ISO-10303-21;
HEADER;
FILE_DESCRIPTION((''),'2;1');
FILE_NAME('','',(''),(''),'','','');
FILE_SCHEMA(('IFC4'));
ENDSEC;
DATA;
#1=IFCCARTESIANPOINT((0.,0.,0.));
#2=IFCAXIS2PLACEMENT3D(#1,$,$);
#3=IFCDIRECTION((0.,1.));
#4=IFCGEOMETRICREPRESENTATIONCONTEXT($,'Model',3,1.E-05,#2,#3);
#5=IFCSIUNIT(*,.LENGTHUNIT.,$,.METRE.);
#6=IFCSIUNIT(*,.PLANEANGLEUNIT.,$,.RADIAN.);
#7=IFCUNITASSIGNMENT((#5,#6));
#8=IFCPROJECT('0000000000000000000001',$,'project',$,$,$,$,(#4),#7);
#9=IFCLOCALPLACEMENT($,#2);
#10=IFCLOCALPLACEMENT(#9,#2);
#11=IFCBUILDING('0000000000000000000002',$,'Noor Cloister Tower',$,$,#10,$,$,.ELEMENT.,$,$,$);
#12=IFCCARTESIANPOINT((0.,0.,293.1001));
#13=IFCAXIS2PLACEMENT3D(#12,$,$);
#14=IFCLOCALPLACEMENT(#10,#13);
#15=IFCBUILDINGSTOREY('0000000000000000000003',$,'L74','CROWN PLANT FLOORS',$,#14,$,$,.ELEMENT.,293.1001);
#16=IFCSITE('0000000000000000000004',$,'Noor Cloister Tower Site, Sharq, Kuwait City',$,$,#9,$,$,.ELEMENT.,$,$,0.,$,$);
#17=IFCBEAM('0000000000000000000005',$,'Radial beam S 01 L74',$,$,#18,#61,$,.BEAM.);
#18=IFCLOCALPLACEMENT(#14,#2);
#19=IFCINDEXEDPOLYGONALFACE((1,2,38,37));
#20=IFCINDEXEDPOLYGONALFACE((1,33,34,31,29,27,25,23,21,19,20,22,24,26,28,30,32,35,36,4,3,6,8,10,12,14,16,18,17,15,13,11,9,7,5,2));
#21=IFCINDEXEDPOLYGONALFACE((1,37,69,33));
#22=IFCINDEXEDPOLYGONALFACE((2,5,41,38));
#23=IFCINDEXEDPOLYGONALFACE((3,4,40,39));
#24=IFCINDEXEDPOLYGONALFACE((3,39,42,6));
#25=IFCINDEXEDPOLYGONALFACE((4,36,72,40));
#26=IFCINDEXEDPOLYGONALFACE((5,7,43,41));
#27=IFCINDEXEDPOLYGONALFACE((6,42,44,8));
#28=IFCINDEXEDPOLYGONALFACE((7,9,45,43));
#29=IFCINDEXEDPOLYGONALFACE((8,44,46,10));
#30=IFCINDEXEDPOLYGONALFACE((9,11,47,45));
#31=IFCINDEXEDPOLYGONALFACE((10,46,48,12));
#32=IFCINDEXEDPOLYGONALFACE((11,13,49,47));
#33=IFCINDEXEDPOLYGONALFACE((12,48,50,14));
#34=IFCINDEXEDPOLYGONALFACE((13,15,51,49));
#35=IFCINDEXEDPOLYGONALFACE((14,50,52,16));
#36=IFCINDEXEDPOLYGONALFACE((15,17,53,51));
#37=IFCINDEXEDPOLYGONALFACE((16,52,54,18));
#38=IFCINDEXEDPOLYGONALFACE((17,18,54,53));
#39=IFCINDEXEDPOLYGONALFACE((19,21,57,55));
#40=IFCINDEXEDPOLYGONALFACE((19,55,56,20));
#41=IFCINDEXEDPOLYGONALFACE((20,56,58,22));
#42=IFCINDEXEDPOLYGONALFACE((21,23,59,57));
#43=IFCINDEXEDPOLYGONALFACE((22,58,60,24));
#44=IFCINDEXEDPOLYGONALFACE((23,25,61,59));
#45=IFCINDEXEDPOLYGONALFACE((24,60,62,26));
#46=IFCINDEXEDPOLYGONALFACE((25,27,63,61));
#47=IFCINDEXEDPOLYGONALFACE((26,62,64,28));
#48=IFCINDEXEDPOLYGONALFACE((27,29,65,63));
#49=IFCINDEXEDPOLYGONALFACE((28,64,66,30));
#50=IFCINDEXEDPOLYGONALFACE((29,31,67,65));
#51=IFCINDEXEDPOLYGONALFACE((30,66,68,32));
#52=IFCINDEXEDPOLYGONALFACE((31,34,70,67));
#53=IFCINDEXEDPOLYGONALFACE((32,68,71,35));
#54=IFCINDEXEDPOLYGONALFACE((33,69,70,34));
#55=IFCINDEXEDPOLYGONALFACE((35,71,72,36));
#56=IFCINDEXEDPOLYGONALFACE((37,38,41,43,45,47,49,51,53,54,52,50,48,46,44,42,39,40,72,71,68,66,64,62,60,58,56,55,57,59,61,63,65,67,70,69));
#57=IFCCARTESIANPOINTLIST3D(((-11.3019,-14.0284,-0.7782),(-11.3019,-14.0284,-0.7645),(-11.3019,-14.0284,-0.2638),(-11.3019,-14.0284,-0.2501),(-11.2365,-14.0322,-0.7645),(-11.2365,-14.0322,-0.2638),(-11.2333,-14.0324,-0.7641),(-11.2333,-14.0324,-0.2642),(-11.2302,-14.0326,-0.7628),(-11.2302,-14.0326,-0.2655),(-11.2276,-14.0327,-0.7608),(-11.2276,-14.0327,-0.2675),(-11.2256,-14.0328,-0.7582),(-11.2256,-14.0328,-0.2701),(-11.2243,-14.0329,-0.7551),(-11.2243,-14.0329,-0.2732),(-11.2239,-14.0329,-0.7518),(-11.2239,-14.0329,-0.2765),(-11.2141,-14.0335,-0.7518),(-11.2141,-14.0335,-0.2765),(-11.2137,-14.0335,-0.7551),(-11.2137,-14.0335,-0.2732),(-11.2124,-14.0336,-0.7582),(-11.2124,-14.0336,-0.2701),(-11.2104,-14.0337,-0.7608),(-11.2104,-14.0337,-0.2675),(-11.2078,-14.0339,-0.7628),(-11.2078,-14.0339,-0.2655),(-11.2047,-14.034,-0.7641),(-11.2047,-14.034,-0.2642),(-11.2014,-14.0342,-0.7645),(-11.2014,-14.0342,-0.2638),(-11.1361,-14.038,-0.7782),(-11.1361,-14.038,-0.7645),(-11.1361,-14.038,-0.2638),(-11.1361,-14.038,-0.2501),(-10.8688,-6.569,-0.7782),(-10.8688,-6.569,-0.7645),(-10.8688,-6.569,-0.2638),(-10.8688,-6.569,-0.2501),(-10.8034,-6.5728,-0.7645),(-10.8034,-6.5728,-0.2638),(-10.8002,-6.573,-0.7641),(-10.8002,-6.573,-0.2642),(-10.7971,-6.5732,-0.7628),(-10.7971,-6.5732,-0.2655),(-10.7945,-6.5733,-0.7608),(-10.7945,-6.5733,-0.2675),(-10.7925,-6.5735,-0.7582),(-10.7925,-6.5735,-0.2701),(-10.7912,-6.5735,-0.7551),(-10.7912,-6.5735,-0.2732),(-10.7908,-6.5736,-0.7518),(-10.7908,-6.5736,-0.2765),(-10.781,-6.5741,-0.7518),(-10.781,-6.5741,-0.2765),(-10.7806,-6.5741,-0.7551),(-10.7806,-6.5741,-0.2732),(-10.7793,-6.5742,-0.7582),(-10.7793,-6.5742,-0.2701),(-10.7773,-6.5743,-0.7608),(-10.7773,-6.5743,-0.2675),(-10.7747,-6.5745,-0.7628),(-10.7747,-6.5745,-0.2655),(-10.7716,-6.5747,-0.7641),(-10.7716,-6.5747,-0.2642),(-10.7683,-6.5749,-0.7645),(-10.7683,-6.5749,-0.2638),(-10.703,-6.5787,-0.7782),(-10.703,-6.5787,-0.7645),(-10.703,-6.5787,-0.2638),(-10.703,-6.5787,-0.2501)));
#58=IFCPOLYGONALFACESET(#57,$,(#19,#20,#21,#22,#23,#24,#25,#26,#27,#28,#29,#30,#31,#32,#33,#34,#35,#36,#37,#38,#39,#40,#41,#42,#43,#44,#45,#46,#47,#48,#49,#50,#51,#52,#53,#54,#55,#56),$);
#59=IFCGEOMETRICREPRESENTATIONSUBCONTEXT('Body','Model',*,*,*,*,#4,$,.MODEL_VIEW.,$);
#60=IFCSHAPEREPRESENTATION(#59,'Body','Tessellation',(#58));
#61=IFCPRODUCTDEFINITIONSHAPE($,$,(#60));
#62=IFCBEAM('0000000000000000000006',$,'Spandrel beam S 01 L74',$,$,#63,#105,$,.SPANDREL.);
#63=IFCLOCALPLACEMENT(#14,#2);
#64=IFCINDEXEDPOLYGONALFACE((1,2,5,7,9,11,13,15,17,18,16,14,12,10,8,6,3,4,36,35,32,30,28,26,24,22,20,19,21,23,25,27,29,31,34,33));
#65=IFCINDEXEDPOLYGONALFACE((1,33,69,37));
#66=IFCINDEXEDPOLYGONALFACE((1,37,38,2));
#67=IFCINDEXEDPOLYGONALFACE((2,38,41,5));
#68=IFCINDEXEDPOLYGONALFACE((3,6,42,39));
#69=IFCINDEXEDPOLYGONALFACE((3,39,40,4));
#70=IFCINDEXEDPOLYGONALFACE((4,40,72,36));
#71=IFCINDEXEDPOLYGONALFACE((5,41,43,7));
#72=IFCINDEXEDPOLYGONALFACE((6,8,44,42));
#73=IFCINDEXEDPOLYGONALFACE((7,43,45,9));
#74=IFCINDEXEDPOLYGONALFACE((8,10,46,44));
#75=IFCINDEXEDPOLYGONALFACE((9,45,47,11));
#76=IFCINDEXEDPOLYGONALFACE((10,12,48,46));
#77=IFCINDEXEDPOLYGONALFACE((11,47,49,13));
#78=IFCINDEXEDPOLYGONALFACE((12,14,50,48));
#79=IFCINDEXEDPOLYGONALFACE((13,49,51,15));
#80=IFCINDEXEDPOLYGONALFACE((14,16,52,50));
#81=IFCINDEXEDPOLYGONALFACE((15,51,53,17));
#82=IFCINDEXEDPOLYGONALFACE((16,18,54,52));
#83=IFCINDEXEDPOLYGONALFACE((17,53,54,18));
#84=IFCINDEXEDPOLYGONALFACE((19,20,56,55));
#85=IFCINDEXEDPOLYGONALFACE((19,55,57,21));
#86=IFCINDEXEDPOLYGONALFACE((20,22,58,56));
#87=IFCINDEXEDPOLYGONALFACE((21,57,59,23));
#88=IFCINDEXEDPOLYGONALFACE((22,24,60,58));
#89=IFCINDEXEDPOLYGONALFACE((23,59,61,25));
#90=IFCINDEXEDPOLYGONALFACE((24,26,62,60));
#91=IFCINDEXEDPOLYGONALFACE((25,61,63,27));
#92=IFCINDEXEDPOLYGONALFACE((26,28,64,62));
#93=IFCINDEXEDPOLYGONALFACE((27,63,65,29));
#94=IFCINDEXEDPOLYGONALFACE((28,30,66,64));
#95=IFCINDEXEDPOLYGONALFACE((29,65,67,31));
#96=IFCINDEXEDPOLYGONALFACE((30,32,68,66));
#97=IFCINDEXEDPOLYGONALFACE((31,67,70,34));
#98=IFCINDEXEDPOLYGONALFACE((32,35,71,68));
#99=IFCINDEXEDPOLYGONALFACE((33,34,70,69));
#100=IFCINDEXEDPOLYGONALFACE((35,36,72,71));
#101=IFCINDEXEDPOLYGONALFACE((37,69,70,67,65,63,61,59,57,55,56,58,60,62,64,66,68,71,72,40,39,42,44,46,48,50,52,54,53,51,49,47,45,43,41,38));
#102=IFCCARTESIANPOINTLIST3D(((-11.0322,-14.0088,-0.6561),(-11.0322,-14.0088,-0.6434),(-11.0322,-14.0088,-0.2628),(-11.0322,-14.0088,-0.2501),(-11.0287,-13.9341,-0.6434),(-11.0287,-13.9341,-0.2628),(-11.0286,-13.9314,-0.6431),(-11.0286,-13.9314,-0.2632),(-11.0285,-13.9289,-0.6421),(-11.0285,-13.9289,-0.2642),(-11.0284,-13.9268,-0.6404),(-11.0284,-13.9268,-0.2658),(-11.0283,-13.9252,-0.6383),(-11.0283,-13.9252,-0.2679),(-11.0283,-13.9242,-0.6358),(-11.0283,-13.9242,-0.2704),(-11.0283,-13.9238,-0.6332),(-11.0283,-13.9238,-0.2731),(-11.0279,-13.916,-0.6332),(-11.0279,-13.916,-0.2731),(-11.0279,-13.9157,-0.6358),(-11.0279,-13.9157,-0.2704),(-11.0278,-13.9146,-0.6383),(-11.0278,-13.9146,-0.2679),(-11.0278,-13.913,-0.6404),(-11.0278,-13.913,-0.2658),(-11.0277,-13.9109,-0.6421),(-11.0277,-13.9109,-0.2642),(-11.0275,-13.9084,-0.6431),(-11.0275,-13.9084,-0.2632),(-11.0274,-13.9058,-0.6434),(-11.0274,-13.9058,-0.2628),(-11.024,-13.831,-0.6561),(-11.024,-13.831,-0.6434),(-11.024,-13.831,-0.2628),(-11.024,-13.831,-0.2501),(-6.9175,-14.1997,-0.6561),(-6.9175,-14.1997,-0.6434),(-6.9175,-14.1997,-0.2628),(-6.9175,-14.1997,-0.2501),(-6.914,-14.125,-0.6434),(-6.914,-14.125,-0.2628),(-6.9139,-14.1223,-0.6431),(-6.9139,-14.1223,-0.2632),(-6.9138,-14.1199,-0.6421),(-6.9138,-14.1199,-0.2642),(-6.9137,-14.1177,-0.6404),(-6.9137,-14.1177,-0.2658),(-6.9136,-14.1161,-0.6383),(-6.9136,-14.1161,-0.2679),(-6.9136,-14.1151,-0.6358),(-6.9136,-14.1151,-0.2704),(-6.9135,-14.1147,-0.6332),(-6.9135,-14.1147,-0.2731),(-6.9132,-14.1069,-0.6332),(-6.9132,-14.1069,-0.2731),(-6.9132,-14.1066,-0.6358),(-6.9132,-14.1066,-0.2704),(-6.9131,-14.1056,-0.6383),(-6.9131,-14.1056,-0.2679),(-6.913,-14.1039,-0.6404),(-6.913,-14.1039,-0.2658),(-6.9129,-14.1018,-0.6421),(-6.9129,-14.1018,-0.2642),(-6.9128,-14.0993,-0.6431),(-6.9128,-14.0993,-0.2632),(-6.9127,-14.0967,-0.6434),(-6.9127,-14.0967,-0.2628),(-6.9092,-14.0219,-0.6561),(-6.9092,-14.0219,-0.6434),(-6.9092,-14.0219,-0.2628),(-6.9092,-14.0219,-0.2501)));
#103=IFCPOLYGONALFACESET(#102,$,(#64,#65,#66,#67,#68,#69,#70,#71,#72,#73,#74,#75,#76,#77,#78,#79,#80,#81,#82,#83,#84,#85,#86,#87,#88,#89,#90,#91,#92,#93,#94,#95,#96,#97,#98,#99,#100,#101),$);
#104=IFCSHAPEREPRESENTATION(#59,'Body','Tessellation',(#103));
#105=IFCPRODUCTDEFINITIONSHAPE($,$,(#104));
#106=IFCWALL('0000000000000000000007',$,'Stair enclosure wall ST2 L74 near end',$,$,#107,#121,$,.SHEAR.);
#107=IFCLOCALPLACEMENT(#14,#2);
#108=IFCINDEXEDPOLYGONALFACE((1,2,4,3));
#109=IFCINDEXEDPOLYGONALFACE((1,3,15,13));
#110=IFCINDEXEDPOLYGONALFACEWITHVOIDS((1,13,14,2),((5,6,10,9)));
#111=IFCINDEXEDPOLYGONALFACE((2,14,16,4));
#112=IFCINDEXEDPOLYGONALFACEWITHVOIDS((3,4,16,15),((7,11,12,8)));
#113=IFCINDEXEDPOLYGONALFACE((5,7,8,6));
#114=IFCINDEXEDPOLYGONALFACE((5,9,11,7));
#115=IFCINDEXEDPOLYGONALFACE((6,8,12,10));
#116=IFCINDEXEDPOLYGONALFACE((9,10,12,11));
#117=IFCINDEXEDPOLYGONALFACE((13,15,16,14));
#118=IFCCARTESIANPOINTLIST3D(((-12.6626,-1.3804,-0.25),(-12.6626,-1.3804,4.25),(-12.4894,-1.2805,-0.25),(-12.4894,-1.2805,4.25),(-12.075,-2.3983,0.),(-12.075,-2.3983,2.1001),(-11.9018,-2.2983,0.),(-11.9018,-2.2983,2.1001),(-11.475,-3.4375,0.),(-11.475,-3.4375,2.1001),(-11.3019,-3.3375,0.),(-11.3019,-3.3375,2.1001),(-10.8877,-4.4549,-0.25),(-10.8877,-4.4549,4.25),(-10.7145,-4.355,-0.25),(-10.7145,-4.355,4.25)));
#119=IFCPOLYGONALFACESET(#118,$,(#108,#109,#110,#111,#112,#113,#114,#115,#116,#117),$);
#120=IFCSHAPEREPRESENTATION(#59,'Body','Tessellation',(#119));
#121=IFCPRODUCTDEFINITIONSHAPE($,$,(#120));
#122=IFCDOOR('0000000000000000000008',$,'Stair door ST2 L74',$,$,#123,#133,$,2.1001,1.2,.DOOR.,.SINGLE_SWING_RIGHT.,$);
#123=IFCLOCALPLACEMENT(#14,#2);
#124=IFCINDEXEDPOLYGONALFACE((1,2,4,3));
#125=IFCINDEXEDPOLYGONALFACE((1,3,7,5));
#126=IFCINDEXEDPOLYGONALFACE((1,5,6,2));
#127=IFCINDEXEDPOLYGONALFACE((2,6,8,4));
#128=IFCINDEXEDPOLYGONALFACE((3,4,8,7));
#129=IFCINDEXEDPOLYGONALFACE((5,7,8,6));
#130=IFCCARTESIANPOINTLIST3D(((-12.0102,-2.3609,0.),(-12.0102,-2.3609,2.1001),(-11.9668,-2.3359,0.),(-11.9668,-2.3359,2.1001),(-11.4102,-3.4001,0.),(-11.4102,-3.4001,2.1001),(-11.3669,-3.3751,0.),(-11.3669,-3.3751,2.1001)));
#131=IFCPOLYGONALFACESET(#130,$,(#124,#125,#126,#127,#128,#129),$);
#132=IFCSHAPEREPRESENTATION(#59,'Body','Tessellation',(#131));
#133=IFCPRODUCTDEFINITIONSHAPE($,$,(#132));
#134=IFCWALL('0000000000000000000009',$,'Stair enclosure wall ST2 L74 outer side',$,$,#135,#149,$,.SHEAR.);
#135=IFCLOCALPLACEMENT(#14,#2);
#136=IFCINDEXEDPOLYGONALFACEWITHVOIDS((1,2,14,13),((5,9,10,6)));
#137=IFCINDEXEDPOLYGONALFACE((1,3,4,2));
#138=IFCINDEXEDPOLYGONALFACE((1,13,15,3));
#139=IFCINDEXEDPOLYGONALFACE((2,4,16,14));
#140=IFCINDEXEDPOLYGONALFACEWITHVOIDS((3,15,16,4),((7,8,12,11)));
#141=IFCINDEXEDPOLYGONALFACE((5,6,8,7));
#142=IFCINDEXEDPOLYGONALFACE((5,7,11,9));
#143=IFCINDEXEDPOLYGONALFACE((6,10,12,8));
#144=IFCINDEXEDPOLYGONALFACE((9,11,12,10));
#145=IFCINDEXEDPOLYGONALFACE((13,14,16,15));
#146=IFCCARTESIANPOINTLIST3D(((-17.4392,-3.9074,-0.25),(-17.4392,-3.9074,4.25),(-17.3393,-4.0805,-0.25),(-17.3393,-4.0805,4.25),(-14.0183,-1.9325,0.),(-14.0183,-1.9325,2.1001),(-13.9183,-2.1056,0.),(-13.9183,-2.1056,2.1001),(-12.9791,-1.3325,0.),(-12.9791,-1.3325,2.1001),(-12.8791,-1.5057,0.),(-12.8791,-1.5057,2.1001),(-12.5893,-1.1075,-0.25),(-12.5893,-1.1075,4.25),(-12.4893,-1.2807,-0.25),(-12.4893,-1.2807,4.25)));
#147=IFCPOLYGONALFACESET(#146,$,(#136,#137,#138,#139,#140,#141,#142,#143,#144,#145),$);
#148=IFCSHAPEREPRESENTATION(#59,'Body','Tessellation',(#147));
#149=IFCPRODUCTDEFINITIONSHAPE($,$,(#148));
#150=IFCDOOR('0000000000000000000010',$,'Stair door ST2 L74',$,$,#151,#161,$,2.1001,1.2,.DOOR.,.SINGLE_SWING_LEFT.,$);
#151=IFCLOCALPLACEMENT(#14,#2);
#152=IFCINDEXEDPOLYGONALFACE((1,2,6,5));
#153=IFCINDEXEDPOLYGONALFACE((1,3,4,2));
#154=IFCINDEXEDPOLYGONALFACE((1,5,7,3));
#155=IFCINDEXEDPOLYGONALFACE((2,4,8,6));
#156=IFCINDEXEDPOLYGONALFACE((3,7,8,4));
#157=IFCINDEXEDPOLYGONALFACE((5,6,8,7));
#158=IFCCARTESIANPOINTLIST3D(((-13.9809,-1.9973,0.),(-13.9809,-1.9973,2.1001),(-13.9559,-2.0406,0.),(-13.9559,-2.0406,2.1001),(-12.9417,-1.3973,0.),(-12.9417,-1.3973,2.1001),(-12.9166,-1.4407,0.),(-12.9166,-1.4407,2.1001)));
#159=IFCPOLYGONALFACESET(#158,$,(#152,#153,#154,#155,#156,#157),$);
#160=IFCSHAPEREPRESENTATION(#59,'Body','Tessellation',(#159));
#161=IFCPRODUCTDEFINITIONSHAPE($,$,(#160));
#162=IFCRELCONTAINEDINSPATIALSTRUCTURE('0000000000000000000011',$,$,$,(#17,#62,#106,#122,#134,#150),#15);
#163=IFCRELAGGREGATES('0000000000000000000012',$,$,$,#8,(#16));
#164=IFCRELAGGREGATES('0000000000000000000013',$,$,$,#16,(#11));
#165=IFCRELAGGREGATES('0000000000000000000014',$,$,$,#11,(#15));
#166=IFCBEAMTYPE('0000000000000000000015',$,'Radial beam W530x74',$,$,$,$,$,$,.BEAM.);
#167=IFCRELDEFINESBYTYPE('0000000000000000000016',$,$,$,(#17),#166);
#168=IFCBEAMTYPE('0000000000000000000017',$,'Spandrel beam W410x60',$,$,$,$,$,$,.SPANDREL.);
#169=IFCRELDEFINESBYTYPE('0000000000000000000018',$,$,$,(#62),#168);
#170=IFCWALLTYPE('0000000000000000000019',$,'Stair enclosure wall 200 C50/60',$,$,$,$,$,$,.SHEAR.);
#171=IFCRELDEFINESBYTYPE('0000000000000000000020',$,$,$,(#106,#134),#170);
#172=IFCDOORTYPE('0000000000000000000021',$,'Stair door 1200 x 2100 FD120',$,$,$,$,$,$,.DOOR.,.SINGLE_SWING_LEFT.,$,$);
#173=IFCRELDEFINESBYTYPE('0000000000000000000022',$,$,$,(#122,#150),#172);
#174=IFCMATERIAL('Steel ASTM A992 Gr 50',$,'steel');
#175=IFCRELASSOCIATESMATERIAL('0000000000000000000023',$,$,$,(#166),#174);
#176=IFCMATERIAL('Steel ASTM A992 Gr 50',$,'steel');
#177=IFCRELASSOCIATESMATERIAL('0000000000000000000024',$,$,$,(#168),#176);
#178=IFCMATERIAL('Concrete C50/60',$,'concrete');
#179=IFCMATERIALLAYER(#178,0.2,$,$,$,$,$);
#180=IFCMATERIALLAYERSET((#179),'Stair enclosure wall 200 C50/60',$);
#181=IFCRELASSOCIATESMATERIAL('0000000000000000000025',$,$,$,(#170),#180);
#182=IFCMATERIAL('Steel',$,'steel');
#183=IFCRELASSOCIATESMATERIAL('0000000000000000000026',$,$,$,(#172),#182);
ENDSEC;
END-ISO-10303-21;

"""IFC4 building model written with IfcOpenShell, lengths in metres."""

from ifc_helpers import new_model, si_unit, direction, frame, frame_2d, origin, origin_2d, place, context, subcontext, project, spatial, rectangle, i_section, extrude, material, layer, layer_set, material_profile, profile_set, type_object, element, fill, save


model = new_model("IFC4")

# Units and contexts
model_context = context("Model", 3, precision=1e-05, world=origin(), true_north=direction((0.0, 1.0)))
body_context = subcontext(model_context, "Body", "Model", "MODEL_VIEW")
ifc_project = project(units=[si_unit("LENGTHUNIT", "METRE"), si_unit("PLANEANGLEUNIT", "RADIAN")], contexts=[model_context])

# Site, building, storey
site_placement = place(None, origin())
site = spatial("IfcSite", under=ifc_project, at=site_placement, Name="Noor Cloister Tower Site, Sharq, Kuwait City", CompositionType="ELEMENT", RefElevation=0.0)
building_placement = place(site_placement, origin())
building = spatial("IfcBuilding", under=site, at=building_placement, Name="Noor Cloister Tower", CompositionType="ELEMENT")
storey_placement = place(building_placement, frame((0.0, 0.0, 293.1001)))
storey = spatial("IfcBuildingStorey", under=building, at=storey_placement, Name="L74", Description="CROWN PLANT FLOORS", CompositionType="ELEMENT", Elevation=293.1001)

# Beams
ifc_material_1 = material(Name="Steel ASTM A992 Gr 50", Category="steel")
ifc_material_profile_1 = material_profile(ifc_material_1, i_section(OverallWidth=0.166, OverallDepth=0.5281, WebThickness=0.0098, FlangeThickness=0.0137, FilletRadius=0.0127, at=origin_2d()), Name="W530x74")
ifc_profile_set_1 = profile_set([ifc_material_profile_1], Name="Steel ASTM A992 Gr 50")
beam_type_1 = type_object("IfcBeamType", Name="Radial beam W530x74", PredefinedType="BEAM", material=ifc_profile_set_1)
beam_1_placement = place(storey_placement, frame((-11.219, -14.0332, -0.5142), z_axis=(0.057964, 0.998319, 0.0), x_axis=(-0.998319, 0.057964, 0.0)))
element("IfcBeam", 1, at=beam_1_placement, inside=storey, type_object=beam_type_1, Name="Radial beam S 01 L74", PredefinedType="BEAM", context=body_context, shape_type="SweptSolid", body=[
    extrude(i_section(OverallWidth=0.166, OverallDepth=0.5281, WebThickness=0.0098, FlangeThickness=0.0137, FilletRadius=0.0127, at=origin_2d()), origin(), (0.0, 0.0, 1.0), 7.4719),
])
ifc_material_2 = material(Name="Steel ASTM A992 Gr 50", Category="steel")
ifc_material_profile_2 = material_profile(ifc_material_2, i_section(OverallWidth=0.178, OverallDepth=0.406, WebThickness=0.0078, FlangeThickness=0.0127, FilletRadius=0.0103, at=origin_2d()), Name="W410x60")
ifc_profile_set_2 = profile_set([ifc_material_profile_2], Name="Steel ASTM A992 Gr 50")
beam_type_2 = type_object("IfcBeamType", Name="Spandrel beam W410x60", PredefinedType="SPANDREL", material=ifc_profile_set_2)
beam_2_placement = place(storey_placement, frame((-11.0281, -13.9199, -0.4531), z_axis=(0.998925, -0.046349, 0.0), x_axis=(0.046349, 0.998925, 0.0)))
element("IfcBeam", 2, at=beam_2_placement, inside=storey, type_object=beam_type_2, Name="Spandrel beam S 01 L74", PredefinedType="SPANDREL", context=body_context, shape_type="SweptSolid", body=[
    extrude(i_section(OverallWidth=0.178, OverallDepth=0.406, WebThickness=0.0078, FlangeThickness=0.0127, FilletRadius=0.0103, at=origin_2d()), origin(), (0.0, 0.0, 1.0), 4.1191),
])

# Walls, openings, doors
ifc_material_3 = material(Name="Concrete C50/60", Category="concrete")
ifc_layer_1 = layer(ifc_material_3, 0.2)
ifc_layer_set_1 = layer_set([ifc_layer_1], Name="Stair enclosure wall 200 C50/60")
wall_type_1 = type_object("IfcWallType", Name="Stair enclosure wall 200 C50/60", PredefinedType="SHEAR", material=ifc_layer_set_1)
wall_1_placement = place(storey_placement, frame((-12.5759, -1.3306, -0.25), z_axis=(0.0, 0.0, 1.0), x_axis=(0.49997, -0.866042, 0.0)))
wall_1 = element("IfcWall", 3, at=wall_1_placement, inside=storey, type_object=wall_type_1, Name="Stair enclosure wall ST2 L74 near end", PredefinedType="SHEAR", context=body_context, shape_type="SweptSolid", body=[
    extrude(rectangle(XDim=3.55, YDim=0.2, at=frame_2d((1.7749, 0.0))), origin(), (0.0, 0.0, 1.0), 4.5),
])
opening_1_placement = place(wall_1_placement, frame((1.175, 0.0, 0.25)))
opening_1 = element("IfcOpeningElement", 4, at=opening_1_placement, cuts=wall_1, PredefinedType="OPENING", context=body_context, shape_type="SweptSolid", body=[
    extrude(rectangle(XDim=1.2, YDim=2.1001, at=frame_2d((0.6001, 1.05))), frame((0.0, 0.1099, 0.0), z_axis=(0.0, -1.0, 0.0), x_axis=(1.0, 0.0, 0.0)), (0.0, 0.0, 1.0), 0.22),
])
ifc_material_4 = material(Name="Steel", Category="steel")
door_type_1 = type_object("IfcDoorType", Name="Stair door 1200 x 2100 FD120", OperationType="SINGLE_SWING_LEFT", PredefinedType="DOOR", material=ifc_material_4)
door_1_placement = place(opening_1_placement, origin())
door_1 = element("IfcDoor", 5, at=door_1_placement, inside=storey, type_object=door_type_1, Name="Stair door ST2 L74", OperationType="SINGLE_SWING_RIGHT", OverallHeight=2.1001, OverallWidth=1.2, PredefinedType="DOOR", context=body_context, shape_type="SweptSolid", body=[
    extrude(rectangle(XDim=1.2, YDim=2.1001, at=frame_2d((0.6001, 1.05))), frame((0.0, 0.0249, 0.0), z_axis=(0.0, -1.0, 0.0), x_axis=(1.0, 0.0, 0.0)), (0.0, 0.0, 1.0), 0.05),
])
fill(opening_1, door_1)
wall_2_placement = place(storey_placement, frame((-12.5393, -1.1941, -0.25), z_axis=(0.0, 0.0, 1.0), x_axis=(-0.866045, -0.499965, 0.0)))
wall_2 = element("IfcWall", 6, at=wall_2_placement, inside=storey, type_object=wall_type_1, Name="Stair enclosure wall ST2 L74 outer side", PredefinedType="SHEAR", context=body_context, shape_type="SweptSolid", body=[
    extrude(rectangle(XDim=5.6001, YDim=0.2, at=frame_2d((2.8, 0.0))), origin(), (0.0, 0.0, 1.0), 4.5),
])
opening_2_placement = place(wall_2_placement, frame((0.45, 0.0, 0.25)))
opening_2 = element("IfcOpeningElement", 7, at=opening_2_placement, cuts=wall_2, PredefinedType="OPENING", context=body_context, shape_type="SweptSolid", body=[
    extrude(rectangle(XDim=1.2, YDim=2.1001, at=frame_2d((0.6001, 1.05))), frame((0.0, 0.1099, 0.0), z_axis=(0.0, -1.0, 0.0), x_axis=(1.0, 0.0, 0.0)), (0.0, 0.0, 1.0), 0.22),
])
door_2_placement = place(opening_2_placement, origin())
door_2 = element("IfcDoor", 8, at=door_2_placement, inside=storey, type_object=door_type_1, Name="Stair door ST2 L74", OperationType="SINGLE_SWING_LEFT", OverallHeight=2.1001, OverallWidth=1.2, PredefinedType="DOOR", context=body_context, shape_type="SweptSolid", body=[
    extrude(rectangle(XDim=1.2, YDim=2.1001, at=frame_2d((0.6001, 1.05))), frame((0.0, 0.0249, 0.0), z_axis=(0.0, -1.0, 0.0), x_axis=(1.0, 0.0, 0.0)), (0.0, 0.0, 1.0), 0.05),
])
fill(opening_2, door_2)

save(model, "model.ifc")
